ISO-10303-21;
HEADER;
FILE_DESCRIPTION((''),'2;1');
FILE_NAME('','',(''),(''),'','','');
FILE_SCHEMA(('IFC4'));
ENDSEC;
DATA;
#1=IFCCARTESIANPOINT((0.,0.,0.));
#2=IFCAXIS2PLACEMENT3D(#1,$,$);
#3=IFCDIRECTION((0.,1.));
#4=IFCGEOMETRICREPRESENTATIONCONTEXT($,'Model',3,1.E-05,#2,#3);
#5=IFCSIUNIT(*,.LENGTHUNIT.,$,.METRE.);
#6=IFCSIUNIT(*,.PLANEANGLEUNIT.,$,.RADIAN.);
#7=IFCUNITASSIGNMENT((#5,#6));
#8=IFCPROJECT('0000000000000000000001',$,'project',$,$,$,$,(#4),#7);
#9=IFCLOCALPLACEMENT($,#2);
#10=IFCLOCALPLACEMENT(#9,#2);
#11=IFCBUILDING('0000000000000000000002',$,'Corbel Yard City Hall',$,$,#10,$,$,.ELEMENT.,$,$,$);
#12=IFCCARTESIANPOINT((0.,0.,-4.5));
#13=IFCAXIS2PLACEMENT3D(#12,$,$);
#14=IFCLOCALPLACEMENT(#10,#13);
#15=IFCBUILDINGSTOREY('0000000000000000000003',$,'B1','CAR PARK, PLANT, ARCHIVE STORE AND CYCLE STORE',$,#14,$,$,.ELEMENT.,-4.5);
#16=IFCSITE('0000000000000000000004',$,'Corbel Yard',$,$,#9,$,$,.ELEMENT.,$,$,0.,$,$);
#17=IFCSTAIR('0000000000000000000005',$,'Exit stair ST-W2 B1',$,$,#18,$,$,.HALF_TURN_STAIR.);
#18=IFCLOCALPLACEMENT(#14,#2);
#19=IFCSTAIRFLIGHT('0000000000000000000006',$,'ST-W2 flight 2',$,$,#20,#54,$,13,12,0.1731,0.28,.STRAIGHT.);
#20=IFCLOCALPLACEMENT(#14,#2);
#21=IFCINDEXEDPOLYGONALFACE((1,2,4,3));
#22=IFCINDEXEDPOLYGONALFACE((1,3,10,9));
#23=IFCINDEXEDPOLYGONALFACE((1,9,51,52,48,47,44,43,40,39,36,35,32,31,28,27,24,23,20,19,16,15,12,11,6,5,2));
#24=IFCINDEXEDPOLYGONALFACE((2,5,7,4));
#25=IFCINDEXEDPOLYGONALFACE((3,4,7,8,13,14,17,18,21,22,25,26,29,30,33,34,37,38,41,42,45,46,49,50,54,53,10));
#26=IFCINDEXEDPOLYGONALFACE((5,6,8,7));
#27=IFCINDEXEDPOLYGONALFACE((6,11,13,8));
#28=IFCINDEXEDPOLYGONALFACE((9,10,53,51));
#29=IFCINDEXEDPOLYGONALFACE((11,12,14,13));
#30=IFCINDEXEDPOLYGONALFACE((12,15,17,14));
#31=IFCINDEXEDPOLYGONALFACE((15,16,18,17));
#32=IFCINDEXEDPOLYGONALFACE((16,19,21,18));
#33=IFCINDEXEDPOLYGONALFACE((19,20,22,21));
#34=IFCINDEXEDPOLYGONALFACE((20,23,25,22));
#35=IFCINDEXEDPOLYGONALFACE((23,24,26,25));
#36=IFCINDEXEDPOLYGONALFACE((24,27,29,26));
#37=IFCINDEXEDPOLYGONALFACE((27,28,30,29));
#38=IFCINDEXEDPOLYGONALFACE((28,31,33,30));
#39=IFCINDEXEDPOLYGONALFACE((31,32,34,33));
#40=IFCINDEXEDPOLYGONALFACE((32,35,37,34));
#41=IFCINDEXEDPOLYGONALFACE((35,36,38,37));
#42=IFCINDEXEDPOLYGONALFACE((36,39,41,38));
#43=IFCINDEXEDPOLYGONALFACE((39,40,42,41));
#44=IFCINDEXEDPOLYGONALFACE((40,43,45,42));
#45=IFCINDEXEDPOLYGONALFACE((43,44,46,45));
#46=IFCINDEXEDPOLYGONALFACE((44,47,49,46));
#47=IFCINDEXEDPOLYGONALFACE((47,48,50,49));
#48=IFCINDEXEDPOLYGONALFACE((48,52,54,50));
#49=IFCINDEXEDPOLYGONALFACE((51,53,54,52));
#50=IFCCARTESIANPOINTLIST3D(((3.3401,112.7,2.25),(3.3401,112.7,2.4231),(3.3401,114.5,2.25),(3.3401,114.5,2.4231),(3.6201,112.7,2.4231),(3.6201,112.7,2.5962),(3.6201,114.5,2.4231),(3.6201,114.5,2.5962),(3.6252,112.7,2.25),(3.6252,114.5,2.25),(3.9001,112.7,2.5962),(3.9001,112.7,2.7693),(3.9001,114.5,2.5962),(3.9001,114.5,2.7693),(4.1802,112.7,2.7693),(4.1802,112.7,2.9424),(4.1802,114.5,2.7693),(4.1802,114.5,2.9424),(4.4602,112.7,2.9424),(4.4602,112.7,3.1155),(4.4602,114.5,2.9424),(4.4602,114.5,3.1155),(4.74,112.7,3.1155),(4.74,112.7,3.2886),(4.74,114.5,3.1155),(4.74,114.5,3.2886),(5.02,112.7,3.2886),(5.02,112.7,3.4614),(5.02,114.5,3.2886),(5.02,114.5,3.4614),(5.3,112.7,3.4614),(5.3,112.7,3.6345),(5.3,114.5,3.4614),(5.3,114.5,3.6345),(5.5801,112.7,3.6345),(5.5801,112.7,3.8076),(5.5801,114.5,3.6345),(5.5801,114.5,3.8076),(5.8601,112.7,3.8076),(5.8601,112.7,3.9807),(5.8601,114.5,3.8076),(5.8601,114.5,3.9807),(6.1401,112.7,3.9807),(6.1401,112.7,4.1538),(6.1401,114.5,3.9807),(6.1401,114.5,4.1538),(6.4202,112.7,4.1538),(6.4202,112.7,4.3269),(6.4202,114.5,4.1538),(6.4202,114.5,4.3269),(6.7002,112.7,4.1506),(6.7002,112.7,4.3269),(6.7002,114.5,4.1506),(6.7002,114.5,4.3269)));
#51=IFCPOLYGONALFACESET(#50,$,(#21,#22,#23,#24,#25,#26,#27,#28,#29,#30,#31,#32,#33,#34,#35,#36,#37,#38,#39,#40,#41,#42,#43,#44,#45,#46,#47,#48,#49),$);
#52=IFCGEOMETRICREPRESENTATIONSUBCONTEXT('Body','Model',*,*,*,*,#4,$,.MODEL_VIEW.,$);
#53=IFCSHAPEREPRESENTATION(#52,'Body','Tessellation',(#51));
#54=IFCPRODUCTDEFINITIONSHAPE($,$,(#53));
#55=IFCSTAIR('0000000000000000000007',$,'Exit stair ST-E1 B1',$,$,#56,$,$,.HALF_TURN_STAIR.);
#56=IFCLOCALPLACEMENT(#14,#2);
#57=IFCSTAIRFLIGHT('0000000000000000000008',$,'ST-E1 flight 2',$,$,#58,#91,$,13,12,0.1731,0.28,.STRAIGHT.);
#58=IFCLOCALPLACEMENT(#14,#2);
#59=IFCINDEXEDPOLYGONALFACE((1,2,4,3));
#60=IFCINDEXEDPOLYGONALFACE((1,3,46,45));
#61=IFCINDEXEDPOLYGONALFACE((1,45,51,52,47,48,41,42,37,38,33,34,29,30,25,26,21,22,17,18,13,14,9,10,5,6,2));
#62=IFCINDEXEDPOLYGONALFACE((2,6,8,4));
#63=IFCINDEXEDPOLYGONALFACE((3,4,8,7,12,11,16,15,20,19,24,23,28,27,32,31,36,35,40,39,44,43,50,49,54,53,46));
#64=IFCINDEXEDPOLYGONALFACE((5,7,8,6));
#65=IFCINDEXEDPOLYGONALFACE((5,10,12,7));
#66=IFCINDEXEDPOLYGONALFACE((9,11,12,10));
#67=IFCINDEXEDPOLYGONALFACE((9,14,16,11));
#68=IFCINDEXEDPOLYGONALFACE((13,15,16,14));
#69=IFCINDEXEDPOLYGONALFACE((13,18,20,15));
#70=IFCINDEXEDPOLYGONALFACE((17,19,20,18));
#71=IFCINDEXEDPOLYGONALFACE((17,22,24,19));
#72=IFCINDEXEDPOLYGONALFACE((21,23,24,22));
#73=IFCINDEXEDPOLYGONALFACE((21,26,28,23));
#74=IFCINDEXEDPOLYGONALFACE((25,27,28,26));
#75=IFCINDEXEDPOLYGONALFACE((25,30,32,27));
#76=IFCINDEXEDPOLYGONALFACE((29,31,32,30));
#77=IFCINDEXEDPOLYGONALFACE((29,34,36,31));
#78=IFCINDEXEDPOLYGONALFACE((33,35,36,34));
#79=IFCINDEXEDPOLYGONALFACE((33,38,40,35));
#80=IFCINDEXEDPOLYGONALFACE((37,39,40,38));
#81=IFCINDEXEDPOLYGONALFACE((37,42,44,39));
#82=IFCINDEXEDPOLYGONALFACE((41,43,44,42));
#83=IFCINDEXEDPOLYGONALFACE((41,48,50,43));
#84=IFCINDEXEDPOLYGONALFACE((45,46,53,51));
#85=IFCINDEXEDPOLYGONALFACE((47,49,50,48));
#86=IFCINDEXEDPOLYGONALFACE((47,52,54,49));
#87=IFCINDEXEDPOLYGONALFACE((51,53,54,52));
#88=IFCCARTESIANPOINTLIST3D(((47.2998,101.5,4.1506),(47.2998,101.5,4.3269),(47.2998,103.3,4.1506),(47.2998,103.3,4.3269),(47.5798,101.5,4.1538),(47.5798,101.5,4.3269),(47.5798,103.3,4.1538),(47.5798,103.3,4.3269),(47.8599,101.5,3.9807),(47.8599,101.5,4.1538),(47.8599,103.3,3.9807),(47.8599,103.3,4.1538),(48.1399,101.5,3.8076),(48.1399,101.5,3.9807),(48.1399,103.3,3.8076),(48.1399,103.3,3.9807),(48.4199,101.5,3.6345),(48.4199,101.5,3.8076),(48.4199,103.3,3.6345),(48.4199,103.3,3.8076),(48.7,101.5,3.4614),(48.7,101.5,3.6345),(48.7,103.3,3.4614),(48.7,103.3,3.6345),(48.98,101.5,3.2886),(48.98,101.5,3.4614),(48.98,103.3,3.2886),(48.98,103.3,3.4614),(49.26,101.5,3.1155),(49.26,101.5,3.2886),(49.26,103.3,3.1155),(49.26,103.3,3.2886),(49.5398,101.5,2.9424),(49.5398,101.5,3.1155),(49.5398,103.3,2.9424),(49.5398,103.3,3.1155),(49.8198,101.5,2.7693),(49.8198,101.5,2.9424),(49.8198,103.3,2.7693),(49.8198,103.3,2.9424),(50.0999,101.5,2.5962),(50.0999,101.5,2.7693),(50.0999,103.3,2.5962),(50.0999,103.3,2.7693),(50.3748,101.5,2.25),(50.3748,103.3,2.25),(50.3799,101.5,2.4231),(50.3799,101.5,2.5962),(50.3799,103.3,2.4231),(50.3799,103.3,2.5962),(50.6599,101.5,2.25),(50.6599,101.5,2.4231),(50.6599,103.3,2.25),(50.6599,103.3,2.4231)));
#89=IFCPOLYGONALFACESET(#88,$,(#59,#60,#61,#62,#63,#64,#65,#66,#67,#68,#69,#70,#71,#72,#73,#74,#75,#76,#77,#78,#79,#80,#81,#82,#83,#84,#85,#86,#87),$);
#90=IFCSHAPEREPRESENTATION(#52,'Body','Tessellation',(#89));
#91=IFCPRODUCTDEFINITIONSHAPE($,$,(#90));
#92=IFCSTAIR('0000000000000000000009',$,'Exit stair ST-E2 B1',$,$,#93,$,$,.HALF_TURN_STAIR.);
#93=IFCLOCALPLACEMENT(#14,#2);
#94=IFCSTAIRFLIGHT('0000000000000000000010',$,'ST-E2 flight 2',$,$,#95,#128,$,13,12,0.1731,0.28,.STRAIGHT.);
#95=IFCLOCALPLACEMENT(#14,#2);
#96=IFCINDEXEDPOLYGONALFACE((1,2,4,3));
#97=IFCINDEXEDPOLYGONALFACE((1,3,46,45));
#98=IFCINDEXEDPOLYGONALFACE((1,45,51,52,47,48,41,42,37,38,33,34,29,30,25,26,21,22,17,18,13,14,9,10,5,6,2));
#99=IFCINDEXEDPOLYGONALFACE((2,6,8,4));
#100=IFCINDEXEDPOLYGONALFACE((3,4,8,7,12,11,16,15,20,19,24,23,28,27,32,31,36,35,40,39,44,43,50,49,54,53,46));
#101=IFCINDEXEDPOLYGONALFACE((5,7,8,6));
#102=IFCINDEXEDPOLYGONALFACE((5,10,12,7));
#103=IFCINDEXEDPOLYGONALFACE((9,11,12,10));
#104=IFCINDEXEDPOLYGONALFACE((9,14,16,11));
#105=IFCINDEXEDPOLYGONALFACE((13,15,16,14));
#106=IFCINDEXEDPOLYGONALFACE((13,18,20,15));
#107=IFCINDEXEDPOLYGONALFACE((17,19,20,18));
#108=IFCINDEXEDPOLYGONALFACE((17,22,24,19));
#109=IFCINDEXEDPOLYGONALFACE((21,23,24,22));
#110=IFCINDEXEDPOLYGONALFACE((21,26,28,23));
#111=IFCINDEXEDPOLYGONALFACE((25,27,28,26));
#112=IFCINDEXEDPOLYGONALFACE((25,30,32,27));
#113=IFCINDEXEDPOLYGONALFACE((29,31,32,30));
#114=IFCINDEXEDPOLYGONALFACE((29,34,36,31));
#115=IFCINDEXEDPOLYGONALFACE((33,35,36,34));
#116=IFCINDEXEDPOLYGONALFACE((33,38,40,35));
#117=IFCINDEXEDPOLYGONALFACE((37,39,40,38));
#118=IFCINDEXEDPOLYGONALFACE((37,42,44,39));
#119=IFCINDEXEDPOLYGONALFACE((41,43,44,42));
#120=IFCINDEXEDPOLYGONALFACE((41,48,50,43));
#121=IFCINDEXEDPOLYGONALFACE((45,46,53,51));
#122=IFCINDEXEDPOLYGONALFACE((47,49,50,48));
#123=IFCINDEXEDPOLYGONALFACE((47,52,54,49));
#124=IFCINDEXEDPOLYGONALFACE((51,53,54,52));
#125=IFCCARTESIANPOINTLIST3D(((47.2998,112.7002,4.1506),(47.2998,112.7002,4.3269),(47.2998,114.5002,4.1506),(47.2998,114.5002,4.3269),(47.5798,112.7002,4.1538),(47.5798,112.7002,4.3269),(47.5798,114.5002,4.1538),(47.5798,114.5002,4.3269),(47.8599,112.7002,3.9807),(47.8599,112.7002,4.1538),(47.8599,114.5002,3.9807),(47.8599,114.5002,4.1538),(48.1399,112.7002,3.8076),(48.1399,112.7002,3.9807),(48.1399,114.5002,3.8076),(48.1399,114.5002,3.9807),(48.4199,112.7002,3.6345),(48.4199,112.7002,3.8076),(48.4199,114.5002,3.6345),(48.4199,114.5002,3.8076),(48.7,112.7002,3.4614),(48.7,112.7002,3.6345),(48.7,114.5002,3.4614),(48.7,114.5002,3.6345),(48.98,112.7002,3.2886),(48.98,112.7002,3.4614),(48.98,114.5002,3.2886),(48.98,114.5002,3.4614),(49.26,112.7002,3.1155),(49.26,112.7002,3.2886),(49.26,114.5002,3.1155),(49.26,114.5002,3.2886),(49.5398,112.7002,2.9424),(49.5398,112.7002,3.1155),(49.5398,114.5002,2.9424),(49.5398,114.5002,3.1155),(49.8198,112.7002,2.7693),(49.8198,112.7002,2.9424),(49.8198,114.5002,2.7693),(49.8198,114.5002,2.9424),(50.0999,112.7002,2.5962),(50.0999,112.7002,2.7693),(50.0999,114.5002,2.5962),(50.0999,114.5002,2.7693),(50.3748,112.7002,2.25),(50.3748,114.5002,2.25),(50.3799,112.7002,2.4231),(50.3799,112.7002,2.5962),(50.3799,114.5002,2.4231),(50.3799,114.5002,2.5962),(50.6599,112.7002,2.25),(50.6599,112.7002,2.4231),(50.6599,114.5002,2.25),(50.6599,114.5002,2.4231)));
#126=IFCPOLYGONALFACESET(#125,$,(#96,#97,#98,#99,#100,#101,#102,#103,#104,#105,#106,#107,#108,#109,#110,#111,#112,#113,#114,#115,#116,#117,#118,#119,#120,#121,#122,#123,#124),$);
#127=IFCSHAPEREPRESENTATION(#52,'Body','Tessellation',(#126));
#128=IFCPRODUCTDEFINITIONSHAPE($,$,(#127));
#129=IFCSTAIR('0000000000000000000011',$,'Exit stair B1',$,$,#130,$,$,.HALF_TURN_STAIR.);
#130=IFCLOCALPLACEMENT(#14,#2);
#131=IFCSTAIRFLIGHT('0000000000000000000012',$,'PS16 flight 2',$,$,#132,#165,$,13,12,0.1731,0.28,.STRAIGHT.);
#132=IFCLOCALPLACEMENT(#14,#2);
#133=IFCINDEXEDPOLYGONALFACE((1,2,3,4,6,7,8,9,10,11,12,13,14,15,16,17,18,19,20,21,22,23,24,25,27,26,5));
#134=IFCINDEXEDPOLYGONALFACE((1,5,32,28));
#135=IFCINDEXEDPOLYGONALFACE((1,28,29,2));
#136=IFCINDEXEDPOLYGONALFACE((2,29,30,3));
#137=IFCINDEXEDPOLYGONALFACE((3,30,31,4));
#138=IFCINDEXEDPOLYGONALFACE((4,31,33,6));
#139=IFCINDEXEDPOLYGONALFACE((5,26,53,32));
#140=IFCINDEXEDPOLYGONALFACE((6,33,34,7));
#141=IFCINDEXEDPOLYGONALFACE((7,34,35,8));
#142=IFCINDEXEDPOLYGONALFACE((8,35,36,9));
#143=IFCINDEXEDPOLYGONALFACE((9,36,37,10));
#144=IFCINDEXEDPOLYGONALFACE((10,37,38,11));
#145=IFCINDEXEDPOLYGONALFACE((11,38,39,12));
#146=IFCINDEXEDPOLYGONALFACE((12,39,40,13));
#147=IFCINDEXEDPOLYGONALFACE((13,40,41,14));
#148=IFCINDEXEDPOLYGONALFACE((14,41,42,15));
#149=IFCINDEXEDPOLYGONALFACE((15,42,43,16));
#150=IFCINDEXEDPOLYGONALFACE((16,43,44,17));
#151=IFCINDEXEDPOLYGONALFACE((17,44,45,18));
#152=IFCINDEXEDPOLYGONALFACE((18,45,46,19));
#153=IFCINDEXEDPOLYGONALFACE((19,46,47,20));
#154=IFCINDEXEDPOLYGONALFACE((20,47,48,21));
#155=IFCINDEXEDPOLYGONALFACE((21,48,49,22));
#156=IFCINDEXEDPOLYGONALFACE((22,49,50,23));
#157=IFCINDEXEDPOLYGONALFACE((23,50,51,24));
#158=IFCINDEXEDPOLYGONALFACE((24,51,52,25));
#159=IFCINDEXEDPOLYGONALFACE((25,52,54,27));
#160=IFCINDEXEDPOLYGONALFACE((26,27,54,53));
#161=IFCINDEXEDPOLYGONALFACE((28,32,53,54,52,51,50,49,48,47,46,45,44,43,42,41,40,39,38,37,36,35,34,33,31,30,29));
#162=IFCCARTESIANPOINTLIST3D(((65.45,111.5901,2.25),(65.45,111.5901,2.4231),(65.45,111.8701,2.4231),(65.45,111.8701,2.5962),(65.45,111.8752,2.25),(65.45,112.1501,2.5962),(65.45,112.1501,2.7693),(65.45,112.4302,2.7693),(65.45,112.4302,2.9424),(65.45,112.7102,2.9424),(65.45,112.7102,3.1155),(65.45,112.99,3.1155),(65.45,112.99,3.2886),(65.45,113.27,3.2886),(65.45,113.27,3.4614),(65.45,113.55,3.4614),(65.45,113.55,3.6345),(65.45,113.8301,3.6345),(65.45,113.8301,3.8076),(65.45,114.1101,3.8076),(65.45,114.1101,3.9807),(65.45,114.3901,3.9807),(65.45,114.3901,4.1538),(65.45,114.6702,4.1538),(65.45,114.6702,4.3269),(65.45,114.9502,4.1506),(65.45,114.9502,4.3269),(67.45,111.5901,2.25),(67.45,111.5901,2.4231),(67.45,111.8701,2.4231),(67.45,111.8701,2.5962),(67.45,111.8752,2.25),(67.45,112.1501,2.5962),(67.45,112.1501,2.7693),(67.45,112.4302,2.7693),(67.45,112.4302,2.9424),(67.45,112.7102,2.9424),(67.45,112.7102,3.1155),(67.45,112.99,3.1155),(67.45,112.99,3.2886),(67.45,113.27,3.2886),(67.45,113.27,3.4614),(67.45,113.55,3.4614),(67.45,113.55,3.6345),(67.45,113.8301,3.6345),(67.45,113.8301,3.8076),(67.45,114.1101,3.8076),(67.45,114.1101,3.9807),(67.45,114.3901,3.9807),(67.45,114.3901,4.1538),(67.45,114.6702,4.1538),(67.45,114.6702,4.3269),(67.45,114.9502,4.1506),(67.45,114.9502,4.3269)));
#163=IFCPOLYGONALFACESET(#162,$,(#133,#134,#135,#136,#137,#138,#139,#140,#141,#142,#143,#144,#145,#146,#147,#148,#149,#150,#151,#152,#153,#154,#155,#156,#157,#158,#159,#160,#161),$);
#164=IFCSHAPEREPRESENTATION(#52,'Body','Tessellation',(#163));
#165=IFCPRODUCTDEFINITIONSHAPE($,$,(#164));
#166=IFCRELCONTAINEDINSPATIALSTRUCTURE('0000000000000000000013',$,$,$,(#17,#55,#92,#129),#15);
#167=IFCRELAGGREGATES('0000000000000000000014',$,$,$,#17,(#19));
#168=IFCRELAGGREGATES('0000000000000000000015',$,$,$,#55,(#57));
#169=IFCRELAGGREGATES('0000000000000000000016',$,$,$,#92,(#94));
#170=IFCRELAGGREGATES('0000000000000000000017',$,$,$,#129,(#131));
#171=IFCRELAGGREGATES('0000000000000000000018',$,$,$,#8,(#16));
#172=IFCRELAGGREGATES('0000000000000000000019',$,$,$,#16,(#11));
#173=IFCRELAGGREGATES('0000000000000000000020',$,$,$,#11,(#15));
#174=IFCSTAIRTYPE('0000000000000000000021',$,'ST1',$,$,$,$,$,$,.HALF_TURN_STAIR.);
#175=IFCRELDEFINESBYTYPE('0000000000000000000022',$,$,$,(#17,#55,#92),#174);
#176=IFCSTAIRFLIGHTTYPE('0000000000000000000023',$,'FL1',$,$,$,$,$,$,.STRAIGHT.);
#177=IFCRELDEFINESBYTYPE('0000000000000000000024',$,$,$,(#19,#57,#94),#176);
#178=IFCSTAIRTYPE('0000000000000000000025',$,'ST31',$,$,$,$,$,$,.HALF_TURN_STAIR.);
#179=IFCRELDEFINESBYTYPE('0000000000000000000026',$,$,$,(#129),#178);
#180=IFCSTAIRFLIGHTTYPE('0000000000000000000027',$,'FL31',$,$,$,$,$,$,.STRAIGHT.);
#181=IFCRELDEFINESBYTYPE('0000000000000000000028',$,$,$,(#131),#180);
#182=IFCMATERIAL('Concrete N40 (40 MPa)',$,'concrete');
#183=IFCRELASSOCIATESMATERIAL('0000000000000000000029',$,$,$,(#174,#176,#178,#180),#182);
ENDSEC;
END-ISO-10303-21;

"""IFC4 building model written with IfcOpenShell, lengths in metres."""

from ifc_helpers import new_model, si_unit, direction, frame, origin, place, context, subcontext, project, spatial, polyline, outline, extrude, material, type_object, element, aggregate, save


model = new_model("IFC4")

# Units and contexts
model_context = context("Model", 3, precision=1e-05, world=origin(), true_north=direction((0.0, 1.0)))
body_context = subcontext(model_context, "Body", "Model", "MODEL_VIEW")
ifc_project = project(units=[si_unit("LENGTHUNIT", "METRE"), si_unit("PLANEANGLEUNIT", "RADIAN")], contexts=[model_context])

# Site, building, storey
site_placement = place(None, origin())
site = spatial("IfcSite", under=ifc_project, at=site_placement, Name="Corbel Yard", CompositionType="ELEMENT", RefElevation=0.0)
building_placement = place(site_placement, origin())
building = spatial("IfcBuilding", under=site, at=building_placement, Name="Corbel Yard City Hall", CompositionType="ELEMENT")
storey_placement = place(building_placement, frame((0.0, 0.0, -4.5)))
storey = spatial("IfcBuildingStorey", under=building, at=storey_placement, Name="B1", Description="CAR PARK, PLANT, ARCHIVE STORE AND CYCLE STORE", CompositionType="ELEMENT", Elevation=-4.5)

# Stairs, stair flights
ifc_material_1 = material(Name="Concrete N40 (40 MPa)", Category="concrete")
stair_type_1 = type_object("IfcStairType", Name="ST1", PredefinedType="HALF_TURN_STAIR", material=ifc_material_1)
stair_1_placement = place(storey_placement, origin())
stair_1 = element("IfcStair", 1, at=stair_1_placement, inside=storey, type_object=stair_type_1, Name="Exit stair ST-W2 B1", PredefinedType="HALF_TURN_STAIR")
stair_flight_type_1 = type_object("IfcStairFlightType", Name="FL1", PredefinedType="STRAIGHT", material=ifc_material_1)
stair_flight_1_placement = place(storey_placement, frame((3.3401, 113.6001, 2.25), z_axis=(0.0, 0.0, 1.0), x_axis=(1.0, 0.0, 0.0)))
stair_flight_1 = element("IfcStairFlight", 2, at=stair_flight_1_placement, type_object=stair_flight_type_1, Name="ST-W2 flight 2", NumberOfRisers=13, NumberOfTreads=12, PredefinedType="STRAIGHT", RiserHeight=0.1731, TreadLength=0.28, context=body_context, shape_type="SweptSolid", body=[
    extrude(outline(polyline([(0.0, 0.0), (0.0, 0.1731), (0.28, 0.1731), (0.28, 0.3462), (0.5601, 0.3462), (0.5601, 0.5193), (0.8401, 0.5193), (0.8401, 0.6924), (1.1201, 0.6924), (1.1201, 0.8655), (1.3999, 0.8655), (1.3999, 1.0386), (1.6799, 1.0386), (1.6799, 1.2114), (1.96, 1.2114), (1.96, 1.3845), (2.24, 1.3845), (2.24, 1.5576), (2.52, 1.5576), (2.52, 1.7307), (2.8, 1.7307), (2.8, 1.9038), (3.0801, 1.9038), (3.0801, 2.0769), (3.3601, 2.0769), (3.3601, 2.25), (3.3601, 1.9006), (0.2852, 0.0), (0.0, 0.0)])), frame((0.0, 0.8999, 0.0), z_axis=(0.0, -1.0, 0.0), x_axis=(1.0, 0.0, 0.0)), (0.0, 0.0, 1.0), 1.8),
])
aggregate(stair_1, [stair_flight_1])
stair_2_placement = place(storey_placement, origin())
stair_2 = element("IfcStair", 3, at=stair_2_placement, inside=storey, type_object=stair_type_1, Name="Exit stair ST-E1 B1", PredefinedType="HALF_TURN_STAIR")
stair_flight_2_placement = place(storey_placement, frame((50.6599, 102.3999, 2.25), z_axis=(0.0, 0.0, 1.0), x_axis=(-1.0, 0.0, 0.0)))
stair_flight_2 = element("IfcStairFlight", 4, at=stair_flight_2_placement, type_object=stair_flight_type_1, Name="ST-E1 flight 2", NumberOfRisers=13, NumberOfTreads=12, PredefinedType="STRAIGHT", RiserHeight=0.1731, TreadLength=0.28, context=body_context, shape_type="SweptSolid", body=[
    extrude(outline(polyline([(0.0, 0.0), (0.0, 0.1731), (0.28, 0.1731), (0.28, 0.3462), (0.5601, 0.3462), (0.5601, 0.5193), (0.8401, 0.5193), (0.8401, 0.6924), (1.1201, 0.6924), (1.1201, 0.8655), (1.3999, 0.8655), (1.3999, 1.0386), (1.6799, 1.0386), (1.6799, 1.2114), (1.96, 1.2114), (1.96, 1.3845), (2.24, 1.3845), (2.24, 1.5576), (2.52, 1.5576), (2.52, 1.7307), (2.8, 1.7307), (2.8, 1.9038), (3.0801, 1.9038), (3.0801, 2.0769), (3.3601, 2.0769), (3.3601, 2.25), (3.3601, 1.9006), (0.2852, 0.0), (0.0, 0.0)])), frame((0.0, 0.8999, 0.0), z_axis=(0.0, -1.0, 0.0), x_axis=(1.0, 0.0, 0.0)), (0.0, 0.0, 1.0), 1.8),
])
aggregate(stair_2, [stair_flight_2])
stair_3_placement = place(storey_placement, origin())
stair_3 = element("IfcStair", 5, at=stair_3_placement, inside=storey, type_object=stair_type_1, Name="Exit stair ST-E2 B1", PredefinedType="HALF_TURN_STAIR")
stair_flight_3_placement = place(storey_placement, frame((50.6599, 113.6001, 2.25), z_axis=(0.0, 0.0, 1.0), x_axis=(-1.0, 0.0, 0.0)))
stair_flight_3 = element("IfcStairFlight", 6, at=stair_flight_3_placement, type_object=stair_flight_type_1, Name="ST-E2 flight 2", NumberOfRisers=13, NumberOfTreads=12, PredefinedType="STRAIGHT", RiserHeight=0.1731, TreadLength=0.28, context=body_context, shape_type="SweptSolid", body=[
    extrude(outline(polyline([(0.0, 0.0), (0.0, 0.1731), (0.28, 0.1731), (0.28, 0.3462), (0.5601, 0.3462), (0.5601, 0.5193), (0.8401, 0.5193), (0.8401, 0.6924), (1.1201, 0.6924), (1.1201, 0.8655), (1.3999, 0.8655), (1.3999, 1.0386), (1.6799, 1.0386), (1.6799, 1.2114), (1.96, 1.2114), (1.96, 1.3845), (2.24, 1.3845), (2.24, 1.5576), (2.52, 1.5576), (2.52, 1.7307), (2.8, 1.7307), (2.8, 1.9038), (3.0801, 1.9038), (3.0801, 2.0769), (3.3601, 2.0769), (3.3601, 2.25), (3.3601, 1.9006), (0.2852, 0.0), (0.0, 0.0)])), frame((0.0, 0.8999, 0.0), z_axis=(0.0, -1.0, 0.0), x_axis=(1.0, 0.0, 0.0)), (0.0, 0.0, 1.0), 1.8),
])
aggregate(stair_3, [stair_flight_3])
stair_type_2 = type_object("IfcStairType", Name="ST31", PredefinedType="HALF_TURN_STAIR", material=ifc_material_1)
stair_4_placement = place(storey_placement, origin())
stair_4 = element("IfcStair", 7, at=stair_4_placement, inside=storey, type_object=stair_type_2, Name="Exit stair B1", PredefinedType="HALF_TURN_STAIR")
stair_flight_type_2 = type_object("IfcStairFlightType", Name="FL31", PredefinedType="STRAIGHT", material=ifc_material_1)
stair_flight_4_placement = place(storey_placement, frame((66.45, 111.5901, 2.25), z_axis=(0.0, 0.0, 1.0), x_axis=(0.0, 1.0, 0.0)))
stair_flight_4 = element("IfcStairFlight", 8, at=stair_flight_4_placement, type_object=stair_flight_type_2, Name="PS16 flight 2", NumberOfRisers=13, NumberOfTreads=12, PredefinedType="STRAIGHT", RiserHeight=0.1731, TreadLength=0.28, context=body_context, shape_type="SweptSolid", body=[
    extrude(outline(polyline([(0.0, 0.0), (0.0, 0.1731), (0.28, 0.1731), (0.28, 0.3462), (0.5601, 0.3462), (0.5601, 0.5193), (0.8401, 0.5193), (0.8401, 0.6924), (1.1201, 0.6924), (1.1201, 0.8655), (1.3999, 0.8655), (1.3999, 1.0386), (1.6799, 1.0386), (1.6799, 1.2114), (1.96, 1.2114), (1.96, 1.3845), (2.24, 1.3845), (2.24, 1.5576), (2.52, 1.5576), (2.52, 1.7307), (2.8, 1.7307), (2.8, 1.9038), (3.0801, 1.9038), (3.0801, 2.0769), (3.3601, 2.0769), (3.3601, 2.25), (3.3601, 1.9006), (0.2852, 0.0), (0.0, 0.0)])), frame((0.0, 1.0, 0.0), z_axis=(0.0, -1.0, 0.0), x_axis=(1.0, 0.0, 0.0)), (0.0, 0.0, 1.0), 2.0),
])
aggregate(stair_4, [stair_flight_4])

save(model, "model.ifc")
